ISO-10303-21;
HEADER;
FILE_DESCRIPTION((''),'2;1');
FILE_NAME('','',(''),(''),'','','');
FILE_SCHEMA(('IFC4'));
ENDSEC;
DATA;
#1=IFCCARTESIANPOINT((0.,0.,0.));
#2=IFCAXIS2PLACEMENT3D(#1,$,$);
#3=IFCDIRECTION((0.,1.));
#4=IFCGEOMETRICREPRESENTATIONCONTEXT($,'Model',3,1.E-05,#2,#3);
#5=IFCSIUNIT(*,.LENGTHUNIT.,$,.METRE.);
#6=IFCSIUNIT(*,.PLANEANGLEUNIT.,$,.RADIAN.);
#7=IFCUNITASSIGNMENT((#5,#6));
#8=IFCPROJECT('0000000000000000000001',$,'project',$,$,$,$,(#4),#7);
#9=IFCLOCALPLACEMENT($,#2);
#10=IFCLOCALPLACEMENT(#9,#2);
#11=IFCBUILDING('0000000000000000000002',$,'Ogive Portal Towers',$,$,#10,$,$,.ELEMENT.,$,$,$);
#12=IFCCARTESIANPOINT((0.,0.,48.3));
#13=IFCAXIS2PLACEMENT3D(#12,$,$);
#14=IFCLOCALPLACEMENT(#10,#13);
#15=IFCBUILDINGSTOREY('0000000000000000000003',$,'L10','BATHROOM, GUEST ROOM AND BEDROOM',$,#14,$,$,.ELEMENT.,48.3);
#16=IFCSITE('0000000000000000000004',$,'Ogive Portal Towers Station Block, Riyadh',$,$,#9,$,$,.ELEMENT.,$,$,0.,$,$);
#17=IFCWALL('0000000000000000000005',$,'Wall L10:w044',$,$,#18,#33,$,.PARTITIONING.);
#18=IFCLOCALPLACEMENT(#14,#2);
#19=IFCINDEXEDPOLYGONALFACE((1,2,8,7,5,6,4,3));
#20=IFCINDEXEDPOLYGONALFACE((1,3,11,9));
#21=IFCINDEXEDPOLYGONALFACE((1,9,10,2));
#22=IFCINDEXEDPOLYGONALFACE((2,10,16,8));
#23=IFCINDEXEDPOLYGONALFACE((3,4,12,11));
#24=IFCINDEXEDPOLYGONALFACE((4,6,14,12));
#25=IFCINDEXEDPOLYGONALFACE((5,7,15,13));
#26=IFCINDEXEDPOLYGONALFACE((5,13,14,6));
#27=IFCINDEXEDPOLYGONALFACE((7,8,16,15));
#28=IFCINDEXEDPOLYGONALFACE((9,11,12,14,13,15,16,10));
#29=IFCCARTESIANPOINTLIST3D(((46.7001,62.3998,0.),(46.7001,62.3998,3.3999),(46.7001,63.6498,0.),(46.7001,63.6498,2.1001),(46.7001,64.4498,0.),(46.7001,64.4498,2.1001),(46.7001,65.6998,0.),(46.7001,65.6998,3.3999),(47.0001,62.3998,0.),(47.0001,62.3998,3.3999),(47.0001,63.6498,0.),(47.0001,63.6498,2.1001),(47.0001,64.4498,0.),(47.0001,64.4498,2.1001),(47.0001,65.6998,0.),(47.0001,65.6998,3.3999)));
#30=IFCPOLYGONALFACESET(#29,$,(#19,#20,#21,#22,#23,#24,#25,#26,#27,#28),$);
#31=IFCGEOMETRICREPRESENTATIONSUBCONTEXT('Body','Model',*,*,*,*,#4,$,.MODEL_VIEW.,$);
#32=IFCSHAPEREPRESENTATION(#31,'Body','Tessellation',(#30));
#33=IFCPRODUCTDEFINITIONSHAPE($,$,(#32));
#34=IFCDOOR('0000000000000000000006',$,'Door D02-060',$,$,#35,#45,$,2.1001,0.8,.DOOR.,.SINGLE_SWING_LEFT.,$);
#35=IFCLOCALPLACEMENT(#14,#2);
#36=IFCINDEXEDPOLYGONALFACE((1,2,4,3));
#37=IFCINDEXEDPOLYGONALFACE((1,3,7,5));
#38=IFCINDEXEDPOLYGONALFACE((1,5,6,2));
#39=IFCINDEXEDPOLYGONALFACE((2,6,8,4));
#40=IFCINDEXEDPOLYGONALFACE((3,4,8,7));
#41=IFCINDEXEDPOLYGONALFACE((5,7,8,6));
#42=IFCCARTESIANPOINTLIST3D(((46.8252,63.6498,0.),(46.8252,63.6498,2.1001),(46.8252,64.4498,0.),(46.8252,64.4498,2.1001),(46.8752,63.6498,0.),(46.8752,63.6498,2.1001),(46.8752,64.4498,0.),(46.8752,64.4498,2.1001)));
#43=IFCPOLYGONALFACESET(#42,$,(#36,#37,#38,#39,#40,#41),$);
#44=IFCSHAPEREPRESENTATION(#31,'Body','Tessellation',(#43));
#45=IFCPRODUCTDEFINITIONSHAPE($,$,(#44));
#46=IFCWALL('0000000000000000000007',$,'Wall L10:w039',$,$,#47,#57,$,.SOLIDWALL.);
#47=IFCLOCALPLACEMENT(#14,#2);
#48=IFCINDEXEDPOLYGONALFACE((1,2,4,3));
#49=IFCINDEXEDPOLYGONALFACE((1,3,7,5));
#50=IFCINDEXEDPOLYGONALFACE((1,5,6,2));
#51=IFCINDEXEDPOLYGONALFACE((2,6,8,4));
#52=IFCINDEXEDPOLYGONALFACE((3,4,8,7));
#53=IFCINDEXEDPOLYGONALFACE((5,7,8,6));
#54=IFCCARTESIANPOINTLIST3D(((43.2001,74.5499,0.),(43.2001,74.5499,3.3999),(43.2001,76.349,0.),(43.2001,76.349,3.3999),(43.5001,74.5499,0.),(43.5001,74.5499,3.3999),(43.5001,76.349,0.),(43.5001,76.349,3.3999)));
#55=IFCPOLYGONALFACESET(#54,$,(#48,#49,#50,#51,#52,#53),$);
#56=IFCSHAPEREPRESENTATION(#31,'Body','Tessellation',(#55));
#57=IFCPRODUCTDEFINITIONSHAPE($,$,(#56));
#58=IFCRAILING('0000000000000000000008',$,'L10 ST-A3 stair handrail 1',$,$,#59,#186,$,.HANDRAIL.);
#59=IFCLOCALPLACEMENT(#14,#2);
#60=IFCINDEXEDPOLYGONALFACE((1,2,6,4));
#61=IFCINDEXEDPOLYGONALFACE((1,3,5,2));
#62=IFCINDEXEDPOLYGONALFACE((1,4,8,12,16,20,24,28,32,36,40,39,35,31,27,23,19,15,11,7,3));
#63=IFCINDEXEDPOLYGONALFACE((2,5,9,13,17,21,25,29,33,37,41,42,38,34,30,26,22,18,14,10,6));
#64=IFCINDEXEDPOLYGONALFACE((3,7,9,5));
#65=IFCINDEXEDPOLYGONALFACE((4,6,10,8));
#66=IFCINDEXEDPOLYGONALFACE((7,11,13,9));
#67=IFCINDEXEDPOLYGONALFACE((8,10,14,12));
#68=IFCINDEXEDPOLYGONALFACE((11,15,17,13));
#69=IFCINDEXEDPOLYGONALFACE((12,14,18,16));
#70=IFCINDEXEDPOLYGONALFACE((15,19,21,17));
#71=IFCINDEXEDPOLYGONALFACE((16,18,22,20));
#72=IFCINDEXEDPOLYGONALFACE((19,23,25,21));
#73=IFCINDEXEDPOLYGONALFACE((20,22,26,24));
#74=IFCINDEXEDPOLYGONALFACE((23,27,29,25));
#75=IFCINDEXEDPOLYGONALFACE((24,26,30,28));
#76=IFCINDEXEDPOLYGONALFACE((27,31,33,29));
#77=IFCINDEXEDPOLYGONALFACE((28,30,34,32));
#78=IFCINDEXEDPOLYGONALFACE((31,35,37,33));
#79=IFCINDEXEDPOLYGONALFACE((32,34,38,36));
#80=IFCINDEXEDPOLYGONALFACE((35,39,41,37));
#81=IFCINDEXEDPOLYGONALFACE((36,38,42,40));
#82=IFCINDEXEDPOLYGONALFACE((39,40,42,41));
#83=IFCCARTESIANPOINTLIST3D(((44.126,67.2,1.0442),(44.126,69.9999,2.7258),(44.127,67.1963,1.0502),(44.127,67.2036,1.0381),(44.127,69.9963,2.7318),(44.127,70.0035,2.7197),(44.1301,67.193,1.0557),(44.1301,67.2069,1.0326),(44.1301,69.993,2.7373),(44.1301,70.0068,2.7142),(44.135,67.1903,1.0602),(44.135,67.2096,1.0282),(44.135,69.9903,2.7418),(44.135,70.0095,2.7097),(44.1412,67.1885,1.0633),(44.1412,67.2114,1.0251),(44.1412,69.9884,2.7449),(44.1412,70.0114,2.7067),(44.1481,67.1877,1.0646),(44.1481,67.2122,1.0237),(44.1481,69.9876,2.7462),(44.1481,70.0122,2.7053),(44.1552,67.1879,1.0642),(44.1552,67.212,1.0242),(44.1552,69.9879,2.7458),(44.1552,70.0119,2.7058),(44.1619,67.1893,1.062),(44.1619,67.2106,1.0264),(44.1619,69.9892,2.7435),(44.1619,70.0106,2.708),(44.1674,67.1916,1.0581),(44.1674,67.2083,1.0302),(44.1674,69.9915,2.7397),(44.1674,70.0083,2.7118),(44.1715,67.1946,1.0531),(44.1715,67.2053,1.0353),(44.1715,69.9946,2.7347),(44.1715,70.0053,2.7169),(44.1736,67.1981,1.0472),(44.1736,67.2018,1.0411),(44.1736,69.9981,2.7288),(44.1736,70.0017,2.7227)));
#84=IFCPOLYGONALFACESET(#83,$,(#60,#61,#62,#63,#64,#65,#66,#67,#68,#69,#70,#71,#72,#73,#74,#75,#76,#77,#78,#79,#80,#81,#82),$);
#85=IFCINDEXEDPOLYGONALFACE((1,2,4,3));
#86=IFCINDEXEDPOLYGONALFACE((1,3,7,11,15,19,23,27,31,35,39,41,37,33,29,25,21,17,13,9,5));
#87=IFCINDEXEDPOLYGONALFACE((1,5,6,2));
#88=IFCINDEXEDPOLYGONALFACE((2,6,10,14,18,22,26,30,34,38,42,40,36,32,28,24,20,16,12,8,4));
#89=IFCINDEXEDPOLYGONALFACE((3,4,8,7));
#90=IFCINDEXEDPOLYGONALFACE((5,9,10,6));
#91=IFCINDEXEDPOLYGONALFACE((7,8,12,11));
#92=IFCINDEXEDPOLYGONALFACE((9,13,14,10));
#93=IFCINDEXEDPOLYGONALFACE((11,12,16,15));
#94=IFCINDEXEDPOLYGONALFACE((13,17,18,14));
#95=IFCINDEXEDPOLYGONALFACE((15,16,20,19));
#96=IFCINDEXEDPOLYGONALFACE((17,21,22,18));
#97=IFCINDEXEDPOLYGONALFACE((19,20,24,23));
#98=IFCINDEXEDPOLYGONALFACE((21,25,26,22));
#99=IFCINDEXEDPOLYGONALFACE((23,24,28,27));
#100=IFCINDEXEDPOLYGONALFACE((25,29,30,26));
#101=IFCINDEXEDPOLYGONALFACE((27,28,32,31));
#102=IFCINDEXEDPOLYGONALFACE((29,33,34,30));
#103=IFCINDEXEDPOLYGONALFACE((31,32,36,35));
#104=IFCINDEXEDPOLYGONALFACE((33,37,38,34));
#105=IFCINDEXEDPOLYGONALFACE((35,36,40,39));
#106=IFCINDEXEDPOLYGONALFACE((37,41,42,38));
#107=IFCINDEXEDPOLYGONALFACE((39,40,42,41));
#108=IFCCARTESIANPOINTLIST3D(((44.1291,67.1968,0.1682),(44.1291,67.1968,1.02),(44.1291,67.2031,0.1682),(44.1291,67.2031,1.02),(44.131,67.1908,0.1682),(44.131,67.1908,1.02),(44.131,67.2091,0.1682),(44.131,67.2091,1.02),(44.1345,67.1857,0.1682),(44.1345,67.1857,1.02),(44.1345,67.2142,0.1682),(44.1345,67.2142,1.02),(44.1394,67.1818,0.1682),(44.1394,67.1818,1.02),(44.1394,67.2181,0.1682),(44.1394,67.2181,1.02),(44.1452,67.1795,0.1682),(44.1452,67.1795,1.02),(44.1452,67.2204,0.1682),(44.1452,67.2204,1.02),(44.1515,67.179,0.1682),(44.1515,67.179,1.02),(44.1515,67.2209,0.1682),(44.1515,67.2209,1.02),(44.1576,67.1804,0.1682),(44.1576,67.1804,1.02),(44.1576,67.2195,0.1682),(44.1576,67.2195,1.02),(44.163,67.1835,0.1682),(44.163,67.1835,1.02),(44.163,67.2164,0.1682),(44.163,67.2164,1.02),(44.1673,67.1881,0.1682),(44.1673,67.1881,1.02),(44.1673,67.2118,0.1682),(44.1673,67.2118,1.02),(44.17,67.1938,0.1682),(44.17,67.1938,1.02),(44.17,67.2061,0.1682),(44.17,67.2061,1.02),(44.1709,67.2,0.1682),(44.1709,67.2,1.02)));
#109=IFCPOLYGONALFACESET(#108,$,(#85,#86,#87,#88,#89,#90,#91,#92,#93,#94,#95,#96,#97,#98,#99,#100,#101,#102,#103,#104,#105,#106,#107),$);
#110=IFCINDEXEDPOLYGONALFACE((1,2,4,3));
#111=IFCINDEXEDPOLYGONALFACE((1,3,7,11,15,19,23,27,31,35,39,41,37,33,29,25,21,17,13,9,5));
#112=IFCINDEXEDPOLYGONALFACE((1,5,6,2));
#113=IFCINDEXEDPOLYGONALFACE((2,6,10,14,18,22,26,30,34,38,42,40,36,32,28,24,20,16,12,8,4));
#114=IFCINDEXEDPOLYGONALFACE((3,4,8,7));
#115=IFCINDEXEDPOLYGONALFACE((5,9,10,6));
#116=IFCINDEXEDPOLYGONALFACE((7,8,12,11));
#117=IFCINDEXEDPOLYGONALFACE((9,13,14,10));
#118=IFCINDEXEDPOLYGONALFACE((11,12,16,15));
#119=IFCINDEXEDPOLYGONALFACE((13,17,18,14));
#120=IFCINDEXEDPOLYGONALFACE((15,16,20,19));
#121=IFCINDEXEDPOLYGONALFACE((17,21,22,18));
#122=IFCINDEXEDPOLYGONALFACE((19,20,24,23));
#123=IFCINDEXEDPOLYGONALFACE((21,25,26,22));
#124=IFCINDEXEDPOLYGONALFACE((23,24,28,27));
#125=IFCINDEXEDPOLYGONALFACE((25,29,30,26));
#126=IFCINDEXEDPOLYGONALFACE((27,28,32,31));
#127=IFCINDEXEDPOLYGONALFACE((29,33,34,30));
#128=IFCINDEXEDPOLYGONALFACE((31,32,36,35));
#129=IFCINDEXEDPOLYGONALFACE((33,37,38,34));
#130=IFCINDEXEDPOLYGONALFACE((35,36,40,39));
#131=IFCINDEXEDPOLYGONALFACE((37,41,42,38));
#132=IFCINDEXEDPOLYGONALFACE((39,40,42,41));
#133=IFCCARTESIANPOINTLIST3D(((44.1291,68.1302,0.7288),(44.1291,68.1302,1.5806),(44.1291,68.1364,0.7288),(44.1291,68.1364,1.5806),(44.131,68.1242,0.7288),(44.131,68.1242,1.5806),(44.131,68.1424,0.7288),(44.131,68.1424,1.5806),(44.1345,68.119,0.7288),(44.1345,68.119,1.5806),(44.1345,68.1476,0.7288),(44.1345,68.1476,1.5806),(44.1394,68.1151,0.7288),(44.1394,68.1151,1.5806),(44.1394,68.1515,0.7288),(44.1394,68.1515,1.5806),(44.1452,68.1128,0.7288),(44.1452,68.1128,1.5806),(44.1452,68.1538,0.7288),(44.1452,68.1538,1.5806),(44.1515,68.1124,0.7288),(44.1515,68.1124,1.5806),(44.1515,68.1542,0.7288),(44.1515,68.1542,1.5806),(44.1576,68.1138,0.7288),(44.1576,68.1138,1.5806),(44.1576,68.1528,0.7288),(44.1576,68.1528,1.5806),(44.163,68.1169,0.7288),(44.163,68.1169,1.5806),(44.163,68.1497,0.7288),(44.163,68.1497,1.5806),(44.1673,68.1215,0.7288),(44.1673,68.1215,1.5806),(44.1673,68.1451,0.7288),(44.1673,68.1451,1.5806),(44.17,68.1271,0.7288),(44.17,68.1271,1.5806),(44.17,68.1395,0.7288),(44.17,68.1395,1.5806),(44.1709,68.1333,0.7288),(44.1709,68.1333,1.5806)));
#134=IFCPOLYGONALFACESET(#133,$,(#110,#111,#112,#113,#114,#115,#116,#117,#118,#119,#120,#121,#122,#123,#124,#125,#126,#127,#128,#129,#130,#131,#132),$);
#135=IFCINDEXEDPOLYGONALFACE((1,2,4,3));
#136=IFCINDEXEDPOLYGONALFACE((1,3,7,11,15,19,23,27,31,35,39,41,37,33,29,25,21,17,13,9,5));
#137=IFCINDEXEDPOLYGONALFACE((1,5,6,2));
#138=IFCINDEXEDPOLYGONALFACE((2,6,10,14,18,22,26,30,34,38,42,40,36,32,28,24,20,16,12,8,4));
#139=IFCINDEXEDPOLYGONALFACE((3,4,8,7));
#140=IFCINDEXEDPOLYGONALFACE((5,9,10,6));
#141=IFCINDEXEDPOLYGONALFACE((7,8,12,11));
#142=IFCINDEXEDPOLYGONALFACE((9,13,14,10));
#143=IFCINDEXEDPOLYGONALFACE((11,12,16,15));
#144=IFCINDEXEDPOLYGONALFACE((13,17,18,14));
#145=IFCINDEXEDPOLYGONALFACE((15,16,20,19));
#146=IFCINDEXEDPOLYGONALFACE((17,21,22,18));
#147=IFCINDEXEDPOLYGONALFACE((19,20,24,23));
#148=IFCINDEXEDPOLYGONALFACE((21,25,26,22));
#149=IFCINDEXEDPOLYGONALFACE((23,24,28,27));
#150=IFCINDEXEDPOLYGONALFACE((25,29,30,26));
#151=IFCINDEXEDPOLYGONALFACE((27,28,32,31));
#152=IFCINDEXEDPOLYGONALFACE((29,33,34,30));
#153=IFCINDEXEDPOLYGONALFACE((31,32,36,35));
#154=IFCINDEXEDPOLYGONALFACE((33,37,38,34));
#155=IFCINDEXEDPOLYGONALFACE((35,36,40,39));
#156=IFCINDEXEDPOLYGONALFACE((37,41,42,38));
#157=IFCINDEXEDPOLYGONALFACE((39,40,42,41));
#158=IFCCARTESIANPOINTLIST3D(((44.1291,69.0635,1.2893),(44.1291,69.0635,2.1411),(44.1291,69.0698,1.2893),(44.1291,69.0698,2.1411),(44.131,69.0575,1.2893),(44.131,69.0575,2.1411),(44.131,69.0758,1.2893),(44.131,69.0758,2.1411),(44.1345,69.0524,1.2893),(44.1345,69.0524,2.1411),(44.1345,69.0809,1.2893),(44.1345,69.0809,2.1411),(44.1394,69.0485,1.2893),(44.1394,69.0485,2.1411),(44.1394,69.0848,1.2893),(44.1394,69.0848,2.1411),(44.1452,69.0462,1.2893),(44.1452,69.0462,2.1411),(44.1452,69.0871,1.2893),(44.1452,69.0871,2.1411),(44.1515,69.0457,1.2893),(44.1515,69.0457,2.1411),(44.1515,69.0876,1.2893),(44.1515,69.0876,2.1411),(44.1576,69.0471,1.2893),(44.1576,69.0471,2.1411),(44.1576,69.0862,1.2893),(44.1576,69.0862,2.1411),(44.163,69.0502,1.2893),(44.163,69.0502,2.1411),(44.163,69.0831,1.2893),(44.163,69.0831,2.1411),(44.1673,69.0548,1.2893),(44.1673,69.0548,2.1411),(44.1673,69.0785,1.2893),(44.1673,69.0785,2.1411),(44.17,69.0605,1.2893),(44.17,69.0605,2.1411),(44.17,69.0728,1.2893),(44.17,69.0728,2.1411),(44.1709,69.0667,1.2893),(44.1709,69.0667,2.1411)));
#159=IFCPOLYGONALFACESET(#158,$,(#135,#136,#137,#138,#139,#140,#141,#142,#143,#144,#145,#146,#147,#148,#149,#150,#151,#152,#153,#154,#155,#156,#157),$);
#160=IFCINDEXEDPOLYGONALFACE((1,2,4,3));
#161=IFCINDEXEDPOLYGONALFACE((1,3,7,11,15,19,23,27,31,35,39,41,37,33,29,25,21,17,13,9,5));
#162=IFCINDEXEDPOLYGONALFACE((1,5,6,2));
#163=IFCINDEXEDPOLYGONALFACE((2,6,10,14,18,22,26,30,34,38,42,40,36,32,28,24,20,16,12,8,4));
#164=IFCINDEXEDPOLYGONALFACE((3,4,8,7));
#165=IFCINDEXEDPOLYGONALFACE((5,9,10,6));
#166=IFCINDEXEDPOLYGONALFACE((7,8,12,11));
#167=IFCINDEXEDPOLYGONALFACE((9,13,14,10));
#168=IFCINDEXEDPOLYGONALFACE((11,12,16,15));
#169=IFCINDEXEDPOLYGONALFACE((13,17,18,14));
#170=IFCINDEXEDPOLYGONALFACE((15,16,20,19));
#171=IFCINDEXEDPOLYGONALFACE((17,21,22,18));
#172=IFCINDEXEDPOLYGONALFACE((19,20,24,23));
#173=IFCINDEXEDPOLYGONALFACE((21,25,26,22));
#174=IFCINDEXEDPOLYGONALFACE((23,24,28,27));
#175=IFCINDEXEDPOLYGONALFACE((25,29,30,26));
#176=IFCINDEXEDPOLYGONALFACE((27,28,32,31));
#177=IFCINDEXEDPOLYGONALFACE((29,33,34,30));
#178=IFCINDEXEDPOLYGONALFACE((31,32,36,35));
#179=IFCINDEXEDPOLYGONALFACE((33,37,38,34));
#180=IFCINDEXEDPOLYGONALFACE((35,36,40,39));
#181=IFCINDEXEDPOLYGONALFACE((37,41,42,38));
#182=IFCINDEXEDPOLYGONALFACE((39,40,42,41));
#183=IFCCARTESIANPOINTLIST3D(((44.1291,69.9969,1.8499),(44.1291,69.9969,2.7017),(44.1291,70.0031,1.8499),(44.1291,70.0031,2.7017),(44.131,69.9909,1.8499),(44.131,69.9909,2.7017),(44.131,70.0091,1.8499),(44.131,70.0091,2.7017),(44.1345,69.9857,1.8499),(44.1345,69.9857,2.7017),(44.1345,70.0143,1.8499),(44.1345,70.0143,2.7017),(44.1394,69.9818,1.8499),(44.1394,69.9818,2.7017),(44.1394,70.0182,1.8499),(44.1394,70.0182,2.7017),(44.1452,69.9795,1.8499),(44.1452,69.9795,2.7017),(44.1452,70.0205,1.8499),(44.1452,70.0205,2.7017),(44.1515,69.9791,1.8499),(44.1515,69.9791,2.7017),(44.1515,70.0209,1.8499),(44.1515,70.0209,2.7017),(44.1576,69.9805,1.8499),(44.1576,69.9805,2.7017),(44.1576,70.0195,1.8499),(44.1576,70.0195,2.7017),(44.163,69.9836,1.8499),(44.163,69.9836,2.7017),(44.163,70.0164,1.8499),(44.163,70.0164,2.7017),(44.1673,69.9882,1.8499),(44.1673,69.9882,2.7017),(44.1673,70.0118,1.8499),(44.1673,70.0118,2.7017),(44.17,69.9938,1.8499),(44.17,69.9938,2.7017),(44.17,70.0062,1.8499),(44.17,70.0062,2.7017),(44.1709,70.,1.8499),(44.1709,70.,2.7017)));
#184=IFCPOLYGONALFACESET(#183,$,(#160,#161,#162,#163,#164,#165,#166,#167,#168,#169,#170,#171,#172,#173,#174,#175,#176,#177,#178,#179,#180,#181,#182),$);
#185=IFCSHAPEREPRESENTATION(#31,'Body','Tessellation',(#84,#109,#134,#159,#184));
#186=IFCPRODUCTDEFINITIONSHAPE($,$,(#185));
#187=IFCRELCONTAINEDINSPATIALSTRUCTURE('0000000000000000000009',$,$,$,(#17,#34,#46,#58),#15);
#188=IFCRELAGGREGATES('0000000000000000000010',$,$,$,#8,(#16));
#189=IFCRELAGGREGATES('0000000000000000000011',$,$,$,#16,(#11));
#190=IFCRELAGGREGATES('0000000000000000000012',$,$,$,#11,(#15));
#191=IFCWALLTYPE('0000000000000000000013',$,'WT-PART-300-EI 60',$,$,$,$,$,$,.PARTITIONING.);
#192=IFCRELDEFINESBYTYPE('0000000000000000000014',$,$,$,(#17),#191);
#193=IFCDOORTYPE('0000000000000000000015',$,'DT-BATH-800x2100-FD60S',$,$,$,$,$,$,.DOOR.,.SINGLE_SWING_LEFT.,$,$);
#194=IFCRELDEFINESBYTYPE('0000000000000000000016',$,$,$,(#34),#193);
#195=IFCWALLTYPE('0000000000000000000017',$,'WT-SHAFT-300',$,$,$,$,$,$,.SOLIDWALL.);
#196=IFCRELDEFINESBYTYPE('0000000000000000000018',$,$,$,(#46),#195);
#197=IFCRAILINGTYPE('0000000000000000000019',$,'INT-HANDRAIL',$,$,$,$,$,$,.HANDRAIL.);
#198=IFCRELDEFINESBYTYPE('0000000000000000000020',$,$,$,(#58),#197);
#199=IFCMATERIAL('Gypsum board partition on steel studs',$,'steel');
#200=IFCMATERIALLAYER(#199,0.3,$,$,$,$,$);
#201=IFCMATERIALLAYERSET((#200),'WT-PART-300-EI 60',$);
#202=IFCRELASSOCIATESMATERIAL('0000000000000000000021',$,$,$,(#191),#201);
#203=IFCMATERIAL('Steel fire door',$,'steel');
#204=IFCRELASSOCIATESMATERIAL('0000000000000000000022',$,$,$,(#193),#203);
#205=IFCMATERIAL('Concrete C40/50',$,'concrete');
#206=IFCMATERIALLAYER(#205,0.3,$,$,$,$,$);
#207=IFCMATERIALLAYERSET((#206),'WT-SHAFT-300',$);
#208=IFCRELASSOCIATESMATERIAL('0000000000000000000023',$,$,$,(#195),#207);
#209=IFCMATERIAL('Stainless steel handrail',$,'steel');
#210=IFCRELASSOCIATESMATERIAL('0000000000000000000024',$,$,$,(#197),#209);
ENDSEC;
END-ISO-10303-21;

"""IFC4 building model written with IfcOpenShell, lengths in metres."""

from ifc_helpers import new_model, si_unit, direction, frame, frame_2d, origin, origin_2d, place, context, subcontext, project, spatial, rectangle, circle, extrude, material, layer, layer_set, type_object, element, fill, save


model = new_model("IFC4")

# Units and contexts
model_context = context("Model", 3, precision=1e-05, world=origin(), true_north=direction((0.0, 1.0)))
body_context = subcontext(model_context, "Body", "Model", "MODEL_VIEW")
ifc_project = project(units=[si_unit("LENGTHUNIT", "METRE"), si_unit("PLANEANGLEUNIT", "RADIAN")], contexts=[model_context])

# Site, building, storey
site_placement = place(None, origin())
site = spatial("IfcSite", under=ifc_project, at=site_placement, Name="Ogive Portal Towers Station Block, Riyadh", CompositionType="ELEMENT", RefElevation=0.0)
building_placement = place(site_placement, origin())
building = spatial("IfcBuilding", under=site, at=building_placement, Name="Ogive Portal Towers", CompositionType="ELEMENT")
storey_placement = place(building_placement, frame((0.0, 0.0, 48.3)))
storey = spatial("IfcBuildingStorey", under=building, at=storey_placement, Name="L10", Description="BATHROOM, GUEST ROOM AND BEDROOM", CompositionType="ELEMENT", Elevation=48.3)

# Shared definitions
ifc_material_1 = material(Name="Concrete C40/50", Category="concrete")

# Shared definitions
ifc_material_2 = material(Name="Gypsum board partition on steel studs", Category="steel")
ifc_layer_1 = layer(ifc_material_2, 0.3)
ifc_layer_set_1 = layer_set([ifc_layer_1], Name="WT-PART-300-EI 60")
wall_type_1 = type_object("IfcWallType", Name="WT-PART-300-EI 60", PredefinedType="PARTITIONING", material=ifc_layer_set_1)

# Wall, opening, door
ifc_material_3 = material(Name="Steel fire door", Category="steel")
wall_1_placement = place(storey_placement, frame((46.8501, 62.3999, 0.0), z_axis=(0.0, 0.0, 1.0), x_axis=(0.0, 1.0, 0.0)))
wall_1 = element("IfcWall", 1, at=wall_1_placement, inside=storey, type_object=wall_type_1, Name="Wall L10:w044", PredefinedType="PARTITIONING", context=body_context, shape_type="SweptSolid", body=[
    extrude(rectangle(XDim=3.3, YDim=0.3, at=frame_2d((1.6499, 0.0))), origin(), (0.0, 0.0, 1.0), 3.3999),
])
opening_1_placement = place(wall_1_placement, frame((1.25, 0.0, 0.0)))
opening_1 = element("IfcOpeningElement", 2, at=opening_1_placement, cuts=wall_1, PredefinedType="OPENING", context=body_context, shape_type="SweptSolid", body=[
    extrude(rectangle(XDim=0.8, YDim=2.1001, at=frame_2d((0.3999, 1.05))), frame((0.0, 0.1602, 0.0), z_axis=(0.0, -1.0, 0.0), x_axis=(1.0, 0.0, 0.0)), (0.0, 0.0, 1.0), 0.3201),
])
door_type_1 = type_object("IfcDoorType", Name="DT-BATH-800x2100-FD60S", OperationType="SINGLE_SWING_LEFT", PredefinedType="DOOR", material=ifc_material_3)
door_1_placement = place(opening_1_placement, origin())
door_1 = element("IfcDoor", 3, at=door_1_placement, inside=storey, type_object=door_type_1, Name="Door D02-060", OperationType="SINGLE_SWING_LEFT", OverallHeight=2.1001, OverallWidth=0.8, PredefinedType="DOOR", context=body_context, shape_type="SweptSolid", body=[
    extrude(rectangle(XDim=0.8, YDim=2.1001, at=frame_2d((0.3999, 1.05))), frame((0.0, 0.0249, 0.0), z_axis=(0.0, -1.0, 0.0), x_axis=(1.0, 0.0, 0.0)), (0.0, 0.0, 1.0), 0.05),
])
fill(opening_1, door_1)

# Wall
ifc_layer_2 = layer(ifc_material_1, 0.3)
ifc_layer_set_2 = layer_set([ifc_layer_2], Name="WT-SHAFT-300")
wall_type_2 = type_object("IfcWallType", Name="WT-SHAFT-300", PredefinedType="SOLIDWALL", material=ifc_layer_set_2)
wall_2_placement = place(storey_placement, frame((43.3501, 74.55, 0.0), z_axis=(0.0, 0.0, 1.0), x_axis=(0.0, 1.0, 0.0)))
element("IfcWall", 4, at=wall_2_placement, inside=storey, type_object=wall_type_2, Name="Wall L10:w039", PredefinedType="SOLIDWALL", context=body_context, shape_type="SweptSolid", body=[
    extrude(rectangle(XDim=1.7991, YDim=0.3, at=frame_2d((0.8994, 0.0))), origin(), (0.0, 0.0, 1.0), 3.3999),
])

# Railing
ifc_material_4 = material(Name="Stainless steel handrail", Category="steel")
railing_type = type_object("IfcRailingType", Name="INT-HANDRAIL", PredefinedType="HANDRAIL", material=ifc_material_4)
railing_placement = place(storey_placement, frame((44.1499, 67.2, 0.1682)))
element("IfcRailing", 5, at=railing_placement, inside=storey, type_object=railing_type, Name="L10 ST-A3 stair handrail 1", PredefinedType="HANDRAIL", context=body_context, shape_type="SweptSolid", body=[
    extrude(circle(Radius=0.0239, at=origin_2d()), frame((0.0, 0.0, 0.876), z_axis=(0.0, 0.857275, 0.514858), x_axis=(-1.0, 0.0, 0.0)), (0.0, 0.0, 1.0), 3.2661),
    extrude(circle(Radius=0.021, at=origin_2d()), origin(), (0.0, 0.0, 1.0), 0.8518),
    extrude(circle(Radius=0.021, at=origin_2d()), frame((0.0, 0.9333, 0.5605)), (0.0, 0.0, 1.0), 0.8518),
    extrude(circle(Radius=0.021, at=origin_2d()), frame((0.0, 1.8667, 1.1211)), (0.0, 0.0, 1.0), 0.8518),
    extrude(circle(Radius=0.021, at=origin_2d()), frame((0.0, 2.8, 1.6816)), (0.0, 0.0, 1.0), 0.8518),
])

save(model, "model.ifc")
